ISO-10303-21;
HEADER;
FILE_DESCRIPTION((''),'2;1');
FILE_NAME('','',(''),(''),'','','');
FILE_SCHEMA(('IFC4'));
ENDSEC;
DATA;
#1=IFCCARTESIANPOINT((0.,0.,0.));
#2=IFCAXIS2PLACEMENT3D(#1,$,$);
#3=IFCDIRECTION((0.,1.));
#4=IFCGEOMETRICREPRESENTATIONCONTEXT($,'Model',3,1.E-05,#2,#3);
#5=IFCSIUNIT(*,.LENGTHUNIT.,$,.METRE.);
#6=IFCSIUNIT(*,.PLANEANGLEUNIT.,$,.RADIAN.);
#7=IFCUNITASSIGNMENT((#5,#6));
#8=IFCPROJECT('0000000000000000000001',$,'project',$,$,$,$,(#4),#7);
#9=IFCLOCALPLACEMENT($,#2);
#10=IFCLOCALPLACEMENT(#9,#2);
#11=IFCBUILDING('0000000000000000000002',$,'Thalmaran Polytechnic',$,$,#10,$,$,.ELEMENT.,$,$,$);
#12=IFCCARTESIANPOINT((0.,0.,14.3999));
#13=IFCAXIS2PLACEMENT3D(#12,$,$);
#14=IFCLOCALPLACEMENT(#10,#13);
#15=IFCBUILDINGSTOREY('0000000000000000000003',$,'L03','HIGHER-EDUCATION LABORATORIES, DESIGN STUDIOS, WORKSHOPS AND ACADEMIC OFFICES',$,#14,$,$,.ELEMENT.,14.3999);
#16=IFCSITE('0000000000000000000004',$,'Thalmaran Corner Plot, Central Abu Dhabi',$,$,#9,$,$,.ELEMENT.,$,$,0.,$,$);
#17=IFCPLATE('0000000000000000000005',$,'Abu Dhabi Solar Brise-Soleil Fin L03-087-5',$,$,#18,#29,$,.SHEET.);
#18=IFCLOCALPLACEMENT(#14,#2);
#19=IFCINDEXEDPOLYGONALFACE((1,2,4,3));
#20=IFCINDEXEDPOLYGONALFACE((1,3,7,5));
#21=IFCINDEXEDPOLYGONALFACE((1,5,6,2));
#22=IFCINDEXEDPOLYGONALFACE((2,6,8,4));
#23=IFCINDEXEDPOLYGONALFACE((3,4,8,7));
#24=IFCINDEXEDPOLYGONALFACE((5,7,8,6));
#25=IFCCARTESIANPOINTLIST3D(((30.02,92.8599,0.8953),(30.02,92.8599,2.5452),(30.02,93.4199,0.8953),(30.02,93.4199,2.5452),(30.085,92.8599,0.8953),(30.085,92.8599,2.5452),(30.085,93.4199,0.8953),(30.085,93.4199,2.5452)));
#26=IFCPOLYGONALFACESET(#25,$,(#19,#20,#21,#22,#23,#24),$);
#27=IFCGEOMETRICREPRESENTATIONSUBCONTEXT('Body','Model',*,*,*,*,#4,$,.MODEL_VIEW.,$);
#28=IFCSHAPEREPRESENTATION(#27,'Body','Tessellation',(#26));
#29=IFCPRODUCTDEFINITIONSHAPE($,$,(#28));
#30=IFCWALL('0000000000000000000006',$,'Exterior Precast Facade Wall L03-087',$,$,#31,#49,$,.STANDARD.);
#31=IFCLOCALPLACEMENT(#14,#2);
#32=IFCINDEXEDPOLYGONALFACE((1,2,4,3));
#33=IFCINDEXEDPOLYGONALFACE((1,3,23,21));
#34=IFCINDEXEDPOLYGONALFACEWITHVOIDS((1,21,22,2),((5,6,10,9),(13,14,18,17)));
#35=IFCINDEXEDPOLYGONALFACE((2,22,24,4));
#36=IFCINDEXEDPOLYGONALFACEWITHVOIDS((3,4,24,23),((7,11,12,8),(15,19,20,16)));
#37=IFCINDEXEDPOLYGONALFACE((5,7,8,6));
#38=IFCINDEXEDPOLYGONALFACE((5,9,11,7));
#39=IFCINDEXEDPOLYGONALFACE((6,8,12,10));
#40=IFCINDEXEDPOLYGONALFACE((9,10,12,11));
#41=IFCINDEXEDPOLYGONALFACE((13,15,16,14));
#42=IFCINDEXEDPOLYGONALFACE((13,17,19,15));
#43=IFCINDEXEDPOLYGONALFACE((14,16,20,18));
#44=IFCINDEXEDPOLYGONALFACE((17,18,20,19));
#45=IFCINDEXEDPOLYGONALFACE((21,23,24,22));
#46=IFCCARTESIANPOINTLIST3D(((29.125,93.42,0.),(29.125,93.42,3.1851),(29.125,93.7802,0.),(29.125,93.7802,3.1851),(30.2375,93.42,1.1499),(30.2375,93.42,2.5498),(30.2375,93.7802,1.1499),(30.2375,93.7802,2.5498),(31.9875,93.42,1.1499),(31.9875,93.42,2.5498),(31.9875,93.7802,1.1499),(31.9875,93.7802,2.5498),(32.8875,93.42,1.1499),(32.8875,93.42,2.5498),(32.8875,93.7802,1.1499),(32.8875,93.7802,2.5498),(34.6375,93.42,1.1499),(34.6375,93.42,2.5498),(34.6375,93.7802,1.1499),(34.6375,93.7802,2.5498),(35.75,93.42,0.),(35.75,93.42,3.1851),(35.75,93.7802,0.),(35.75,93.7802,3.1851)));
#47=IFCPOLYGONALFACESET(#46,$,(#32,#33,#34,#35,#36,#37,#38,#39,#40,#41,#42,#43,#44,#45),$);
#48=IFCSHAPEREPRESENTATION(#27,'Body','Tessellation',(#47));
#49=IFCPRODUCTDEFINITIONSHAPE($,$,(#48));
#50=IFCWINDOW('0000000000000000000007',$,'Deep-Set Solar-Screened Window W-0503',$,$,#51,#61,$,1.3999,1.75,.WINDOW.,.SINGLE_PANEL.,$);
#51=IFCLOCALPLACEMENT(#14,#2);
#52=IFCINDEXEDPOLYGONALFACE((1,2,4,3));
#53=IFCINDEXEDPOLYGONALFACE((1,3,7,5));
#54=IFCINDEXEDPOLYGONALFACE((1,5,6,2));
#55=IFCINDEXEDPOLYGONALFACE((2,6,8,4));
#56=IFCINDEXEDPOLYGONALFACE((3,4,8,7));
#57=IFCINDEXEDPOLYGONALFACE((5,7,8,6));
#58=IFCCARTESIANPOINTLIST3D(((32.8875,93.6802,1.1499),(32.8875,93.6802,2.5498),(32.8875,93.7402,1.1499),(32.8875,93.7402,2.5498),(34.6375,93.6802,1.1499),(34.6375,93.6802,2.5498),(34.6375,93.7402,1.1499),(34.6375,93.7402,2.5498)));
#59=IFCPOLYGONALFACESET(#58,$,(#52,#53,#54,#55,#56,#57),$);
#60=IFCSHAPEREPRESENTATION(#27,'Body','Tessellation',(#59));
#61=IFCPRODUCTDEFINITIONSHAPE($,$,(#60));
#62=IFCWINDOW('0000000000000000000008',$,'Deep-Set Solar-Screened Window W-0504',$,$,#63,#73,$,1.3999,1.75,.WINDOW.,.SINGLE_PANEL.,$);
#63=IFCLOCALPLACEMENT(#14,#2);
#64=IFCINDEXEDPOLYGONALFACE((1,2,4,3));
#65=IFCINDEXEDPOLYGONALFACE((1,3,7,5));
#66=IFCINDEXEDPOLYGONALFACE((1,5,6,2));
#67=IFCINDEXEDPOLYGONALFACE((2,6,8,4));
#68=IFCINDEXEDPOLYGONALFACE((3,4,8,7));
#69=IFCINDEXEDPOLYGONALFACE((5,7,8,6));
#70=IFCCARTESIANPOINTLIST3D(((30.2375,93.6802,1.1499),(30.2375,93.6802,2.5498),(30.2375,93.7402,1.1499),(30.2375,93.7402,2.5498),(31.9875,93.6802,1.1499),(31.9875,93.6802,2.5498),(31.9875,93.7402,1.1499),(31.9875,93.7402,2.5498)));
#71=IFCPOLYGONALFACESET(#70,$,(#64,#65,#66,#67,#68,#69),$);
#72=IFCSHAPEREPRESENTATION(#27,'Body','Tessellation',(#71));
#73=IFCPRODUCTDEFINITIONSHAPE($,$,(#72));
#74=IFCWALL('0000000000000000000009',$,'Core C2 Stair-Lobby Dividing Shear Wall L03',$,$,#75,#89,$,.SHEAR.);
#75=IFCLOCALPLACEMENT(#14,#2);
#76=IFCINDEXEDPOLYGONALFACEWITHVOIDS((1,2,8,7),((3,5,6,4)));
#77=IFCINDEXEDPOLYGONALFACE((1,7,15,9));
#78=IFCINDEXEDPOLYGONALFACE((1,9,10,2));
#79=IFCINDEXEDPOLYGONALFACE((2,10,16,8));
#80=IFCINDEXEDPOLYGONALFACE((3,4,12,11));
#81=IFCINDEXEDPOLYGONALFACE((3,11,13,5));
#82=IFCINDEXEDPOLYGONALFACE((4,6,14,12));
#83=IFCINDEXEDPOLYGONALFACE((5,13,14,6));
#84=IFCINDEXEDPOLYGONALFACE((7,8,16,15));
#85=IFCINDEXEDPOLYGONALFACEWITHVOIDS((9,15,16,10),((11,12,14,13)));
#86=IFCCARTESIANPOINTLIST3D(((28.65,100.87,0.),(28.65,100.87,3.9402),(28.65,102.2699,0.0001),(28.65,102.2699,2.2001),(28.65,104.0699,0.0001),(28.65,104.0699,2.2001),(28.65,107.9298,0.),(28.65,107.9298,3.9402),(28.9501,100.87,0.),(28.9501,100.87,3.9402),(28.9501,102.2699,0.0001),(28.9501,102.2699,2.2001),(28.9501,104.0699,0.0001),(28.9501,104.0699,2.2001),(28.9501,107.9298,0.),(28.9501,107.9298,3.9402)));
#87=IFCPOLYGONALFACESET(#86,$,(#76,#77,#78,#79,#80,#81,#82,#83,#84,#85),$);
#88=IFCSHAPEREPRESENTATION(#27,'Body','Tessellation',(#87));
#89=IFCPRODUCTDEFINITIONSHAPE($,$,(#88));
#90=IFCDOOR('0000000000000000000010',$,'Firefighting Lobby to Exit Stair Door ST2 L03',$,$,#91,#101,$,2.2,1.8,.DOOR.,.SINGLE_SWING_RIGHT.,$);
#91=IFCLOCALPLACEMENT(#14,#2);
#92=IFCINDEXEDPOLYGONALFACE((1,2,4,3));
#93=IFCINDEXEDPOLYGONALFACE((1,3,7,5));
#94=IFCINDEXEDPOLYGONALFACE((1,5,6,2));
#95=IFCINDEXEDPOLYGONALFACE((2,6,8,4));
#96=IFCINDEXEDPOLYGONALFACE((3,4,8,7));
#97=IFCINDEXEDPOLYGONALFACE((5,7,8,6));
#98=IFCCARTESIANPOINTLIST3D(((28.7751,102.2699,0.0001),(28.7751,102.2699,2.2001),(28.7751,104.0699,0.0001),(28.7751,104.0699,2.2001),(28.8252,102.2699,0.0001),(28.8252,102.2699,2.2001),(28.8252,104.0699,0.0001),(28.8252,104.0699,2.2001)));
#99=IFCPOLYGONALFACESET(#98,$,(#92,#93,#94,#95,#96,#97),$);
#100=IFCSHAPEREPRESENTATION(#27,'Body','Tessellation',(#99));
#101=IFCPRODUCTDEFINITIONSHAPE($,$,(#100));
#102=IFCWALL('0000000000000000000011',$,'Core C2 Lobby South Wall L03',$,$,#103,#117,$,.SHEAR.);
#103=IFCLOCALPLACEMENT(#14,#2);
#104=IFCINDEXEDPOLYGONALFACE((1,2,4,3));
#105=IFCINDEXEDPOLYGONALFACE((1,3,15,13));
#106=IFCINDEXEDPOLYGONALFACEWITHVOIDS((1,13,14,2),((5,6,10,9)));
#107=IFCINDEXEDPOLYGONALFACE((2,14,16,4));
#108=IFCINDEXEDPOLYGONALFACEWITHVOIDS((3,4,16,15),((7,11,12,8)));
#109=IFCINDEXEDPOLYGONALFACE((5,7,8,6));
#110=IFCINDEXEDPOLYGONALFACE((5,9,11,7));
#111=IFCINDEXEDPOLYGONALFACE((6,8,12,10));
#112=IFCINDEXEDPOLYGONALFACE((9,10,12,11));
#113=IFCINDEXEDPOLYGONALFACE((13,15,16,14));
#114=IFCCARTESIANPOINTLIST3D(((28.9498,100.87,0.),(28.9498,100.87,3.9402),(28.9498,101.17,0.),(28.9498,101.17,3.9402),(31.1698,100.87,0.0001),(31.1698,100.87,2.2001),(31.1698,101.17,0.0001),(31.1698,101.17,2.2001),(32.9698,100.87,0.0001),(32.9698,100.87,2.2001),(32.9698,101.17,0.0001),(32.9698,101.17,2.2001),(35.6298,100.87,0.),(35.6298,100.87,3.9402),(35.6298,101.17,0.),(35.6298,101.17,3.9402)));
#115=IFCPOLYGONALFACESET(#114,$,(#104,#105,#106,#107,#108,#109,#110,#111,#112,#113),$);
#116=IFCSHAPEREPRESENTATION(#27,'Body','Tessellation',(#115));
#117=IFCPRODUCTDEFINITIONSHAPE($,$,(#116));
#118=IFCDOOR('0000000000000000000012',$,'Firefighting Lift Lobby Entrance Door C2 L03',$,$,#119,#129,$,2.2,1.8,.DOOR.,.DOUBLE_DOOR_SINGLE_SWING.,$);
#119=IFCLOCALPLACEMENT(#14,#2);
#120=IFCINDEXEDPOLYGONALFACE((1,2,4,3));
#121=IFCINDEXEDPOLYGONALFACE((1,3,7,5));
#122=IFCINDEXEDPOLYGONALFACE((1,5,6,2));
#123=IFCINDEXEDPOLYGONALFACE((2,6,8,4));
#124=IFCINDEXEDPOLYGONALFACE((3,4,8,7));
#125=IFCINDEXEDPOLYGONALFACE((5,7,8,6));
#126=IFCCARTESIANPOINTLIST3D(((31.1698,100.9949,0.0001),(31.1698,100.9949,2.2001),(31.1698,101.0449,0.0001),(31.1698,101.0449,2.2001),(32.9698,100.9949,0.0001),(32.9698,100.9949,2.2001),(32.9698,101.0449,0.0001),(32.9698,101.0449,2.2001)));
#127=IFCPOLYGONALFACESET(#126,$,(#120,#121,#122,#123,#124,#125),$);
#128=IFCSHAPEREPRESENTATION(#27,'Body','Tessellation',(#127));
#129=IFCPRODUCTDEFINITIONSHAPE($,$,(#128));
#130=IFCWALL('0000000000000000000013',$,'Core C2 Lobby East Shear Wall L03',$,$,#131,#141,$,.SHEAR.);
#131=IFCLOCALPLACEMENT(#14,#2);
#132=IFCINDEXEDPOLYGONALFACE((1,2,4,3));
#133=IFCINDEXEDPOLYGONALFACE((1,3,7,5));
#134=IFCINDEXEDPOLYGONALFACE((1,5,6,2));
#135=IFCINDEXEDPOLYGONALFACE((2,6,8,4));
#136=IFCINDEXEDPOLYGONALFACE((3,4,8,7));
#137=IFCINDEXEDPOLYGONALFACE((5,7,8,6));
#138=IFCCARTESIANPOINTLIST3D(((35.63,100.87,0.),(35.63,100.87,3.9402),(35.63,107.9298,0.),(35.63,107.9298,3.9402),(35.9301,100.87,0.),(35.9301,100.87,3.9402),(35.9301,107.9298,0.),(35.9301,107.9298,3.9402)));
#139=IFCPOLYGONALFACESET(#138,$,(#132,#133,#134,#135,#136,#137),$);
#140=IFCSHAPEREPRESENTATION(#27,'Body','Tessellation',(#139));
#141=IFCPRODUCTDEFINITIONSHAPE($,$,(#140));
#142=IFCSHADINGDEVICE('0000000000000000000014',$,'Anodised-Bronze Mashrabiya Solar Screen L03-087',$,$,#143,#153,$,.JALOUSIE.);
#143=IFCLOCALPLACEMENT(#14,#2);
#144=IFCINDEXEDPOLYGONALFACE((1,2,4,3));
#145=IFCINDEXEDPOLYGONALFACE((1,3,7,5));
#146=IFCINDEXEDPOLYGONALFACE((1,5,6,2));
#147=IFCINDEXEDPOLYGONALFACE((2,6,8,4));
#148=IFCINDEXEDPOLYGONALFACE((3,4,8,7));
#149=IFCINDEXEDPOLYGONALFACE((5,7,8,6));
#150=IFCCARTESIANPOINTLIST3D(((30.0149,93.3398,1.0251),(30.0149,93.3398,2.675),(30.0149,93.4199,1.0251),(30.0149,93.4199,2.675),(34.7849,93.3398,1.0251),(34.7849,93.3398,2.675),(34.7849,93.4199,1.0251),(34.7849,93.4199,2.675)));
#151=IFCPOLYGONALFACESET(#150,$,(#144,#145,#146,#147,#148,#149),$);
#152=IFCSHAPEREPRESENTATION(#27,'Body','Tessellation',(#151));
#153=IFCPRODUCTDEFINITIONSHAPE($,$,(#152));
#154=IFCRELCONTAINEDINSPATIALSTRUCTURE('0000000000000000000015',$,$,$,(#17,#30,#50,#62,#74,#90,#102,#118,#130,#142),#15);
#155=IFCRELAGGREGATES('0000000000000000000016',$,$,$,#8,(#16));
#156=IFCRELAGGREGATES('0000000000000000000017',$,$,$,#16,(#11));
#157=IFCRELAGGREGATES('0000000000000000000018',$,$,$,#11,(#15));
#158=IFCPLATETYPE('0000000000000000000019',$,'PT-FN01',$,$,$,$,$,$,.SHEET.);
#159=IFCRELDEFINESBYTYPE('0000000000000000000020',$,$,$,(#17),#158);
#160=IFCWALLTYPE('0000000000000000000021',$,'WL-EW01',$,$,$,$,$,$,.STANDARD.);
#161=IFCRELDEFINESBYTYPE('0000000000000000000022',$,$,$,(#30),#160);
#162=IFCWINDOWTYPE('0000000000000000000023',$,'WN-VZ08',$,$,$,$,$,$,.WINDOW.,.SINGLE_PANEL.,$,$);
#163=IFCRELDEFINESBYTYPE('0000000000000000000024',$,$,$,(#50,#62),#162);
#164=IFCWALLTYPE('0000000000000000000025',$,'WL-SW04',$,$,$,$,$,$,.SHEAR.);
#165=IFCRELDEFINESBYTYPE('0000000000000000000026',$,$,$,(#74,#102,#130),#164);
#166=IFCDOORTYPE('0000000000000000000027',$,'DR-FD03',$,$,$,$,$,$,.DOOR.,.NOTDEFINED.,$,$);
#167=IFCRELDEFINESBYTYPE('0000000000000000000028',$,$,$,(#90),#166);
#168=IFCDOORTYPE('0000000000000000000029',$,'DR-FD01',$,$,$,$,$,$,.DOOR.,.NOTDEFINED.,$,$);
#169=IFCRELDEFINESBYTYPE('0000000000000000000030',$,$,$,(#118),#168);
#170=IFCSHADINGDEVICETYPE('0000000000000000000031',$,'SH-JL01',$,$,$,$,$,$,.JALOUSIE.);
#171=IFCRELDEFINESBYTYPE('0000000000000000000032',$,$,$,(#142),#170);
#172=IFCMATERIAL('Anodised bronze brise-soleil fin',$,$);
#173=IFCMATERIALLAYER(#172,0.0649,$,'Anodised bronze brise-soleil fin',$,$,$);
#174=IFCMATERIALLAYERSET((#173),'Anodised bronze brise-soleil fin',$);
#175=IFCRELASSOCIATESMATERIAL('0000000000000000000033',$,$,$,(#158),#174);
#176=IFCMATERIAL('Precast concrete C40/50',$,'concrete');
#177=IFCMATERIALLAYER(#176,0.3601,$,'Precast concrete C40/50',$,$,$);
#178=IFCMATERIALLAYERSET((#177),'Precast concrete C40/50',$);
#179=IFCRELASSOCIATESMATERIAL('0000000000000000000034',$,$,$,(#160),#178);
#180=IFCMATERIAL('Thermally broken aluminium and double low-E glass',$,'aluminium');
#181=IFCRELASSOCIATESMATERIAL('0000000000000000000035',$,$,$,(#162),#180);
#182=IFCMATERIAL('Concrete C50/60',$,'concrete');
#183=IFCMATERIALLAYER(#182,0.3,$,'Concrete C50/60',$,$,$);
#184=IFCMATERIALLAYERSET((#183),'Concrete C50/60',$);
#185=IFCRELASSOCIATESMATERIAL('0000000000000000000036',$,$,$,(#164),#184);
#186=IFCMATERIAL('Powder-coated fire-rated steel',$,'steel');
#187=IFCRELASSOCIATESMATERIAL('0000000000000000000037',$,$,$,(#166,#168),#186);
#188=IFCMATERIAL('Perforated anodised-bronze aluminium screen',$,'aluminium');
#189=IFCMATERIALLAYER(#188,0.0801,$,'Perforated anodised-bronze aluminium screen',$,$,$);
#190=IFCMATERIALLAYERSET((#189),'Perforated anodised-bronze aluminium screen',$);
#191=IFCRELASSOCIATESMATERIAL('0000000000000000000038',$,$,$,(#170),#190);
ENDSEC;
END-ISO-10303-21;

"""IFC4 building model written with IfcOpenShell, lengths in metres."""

from ifc_helpers import new_model, si_unit, direction, frame, frame_2d, origin, origin_2d, place, context, subcontext, project, spatial, rectangle, extrude, material, layer, layer_set, type_object, element, fill, save


model = new_model("IFC4")

# Units and contexts
model_context = context("Model", 3, precision=1e-05, world=origin(), true_north=direction((0.0, 1.0)))
body_context = subcontext(model_context, "Body", "Model", "MODEL_VIEW")
ifc_project = project(units=[si_unit("LENGTHUNIT", "METRE"), si_unit("PLANEANGLEUNIT", "RADIAN")], contexts=[model_context])

# Site, building, storey
site_placement = place(None, origin())
site = spatial("IfcSite", under=ifc_project, at=site_placement, Name="Thalmaran Corner Plot, Central Abu Dhabi", CompositionType="ELEMENT", RefElevation=0.0)
building_placement = place(site_placement, origin())
building = spatial("IfcBuilding", under=site, at=building_placement, Name="Thalmaran Polytechnic", CompositionType="ELEMENT")
storey_placement = place(building_placement, frame((0.0, 0.0, 14.3999)))
storey = spatial("IfcBuildingStorey", under=building, at=storey_placement, Name="L03", Description="HIGHER-EDUCATION LABORATORIES, DESIGN STUDIOS, WORKSHOPS AND ACADEMIC OFFICES", CompositionType="ELEMENT", Elevation=14.3999)

# Plate
ifc_material_1 = material(Name="Anodised bronze brise-soleil fin")
ifc_layer_1 = layer(ifc_material_1, 0.0649, Name="Anodised bronze brise-soleil fin")
ifc_layer_set_1 = layer_set([ifc_layer_1], Name="Anodised bronze brise-soleil fin")
plate_type_1 = type_object("IfcPlateType", Name="PT-FN01", PredefinedType="SHEET", material=ifc_layer_set_1)
for number, where, z_axis, x_axis, name in (
    (1, (30.0525, 93.1399, 0.8953), (0.0, 0.0, 1.0), (-1.0, 0.0, 0.0), "Abu Dhabi Solar Brise-Soleil Fin L03-087-5"),
):
    element("IfcPlate", number, at=place(storey_placement, frame(where, z_axis=z_axis, x_axis=x_axis)), inside=storey, type_object=plate_type_1, Name=name, PredefinedType="SHEET", context=body_context, shape_type="SweptSolid", body=[
        extrude(rectangle(XDim=0.0649, YDim=0.5601, at=origin_2d()), origin(), (0.0, 0.0, 1.0), 1.6499),
    ])

# Wall, openings, windows
ifc_material_2 = material(Name="Precast concrete C40/50", Category="concrete")
ifc_layer_2 = layer(ifc_material_2, 0.3601, Name="Precast concrete C40/50")
ifc_layer_set_2 = layer_set([ifc_layer_2], Name="Precast concrete C40/50")
wall_type_1 = type_object("IfcWallType", Name="WL-EW01", PredefinedType="STANDARD", material=ifc_layer_set_2)
wall_1_placement = place(storey_placement, frame((35.75, 93.6001, 0.0), z_axis=(0.0, 0.0, 1.0), x_axis=(-1.0, 0.0, 0.0)))
wall_1 = element("IfcWall", 2, at=wall_1_placement, inside=storey, type_object=wall_type_1, Name="Exterior Precast Facade Wall L03-087", PredefinedType="STANDARD", context=body_context, shape_type="SweptSolid", body=[
    extrude(rectangle(XDim=6.625, YDim=0.3601, at=frame_2d((3.3125, 0.0))), origin(), (0.0, 0.0, 1.0), 3.1851),
])
opening_1_placement = place(wall_1_placement, frame((1.1125, 0.0, 1.1499)))
opening_1 = element("IfcOpeningElement", 3, at=opening_1_placement, cuts=wall_1, PredefinedType="OPENING", context=body_context, shape_type="SweptSolid", body=[
    extrude(rectangle(XDim=1.75, YDim=1.3999, at=frame_2d((0.875, 0.7))), frame((0.0, 0.1899, 0.0), z_axis=(0.0, -1.0, 0.0), x_axis=(1.0, 0.0, 0.0)), (0.0, 0.0, 1.0), 0.3801),
])
opening_2_placement = place(wall_1_placement, frame((3.7625, 0.0, 1.1499)))
opening_2 = element("IfcOpeningElement", 4, at=opening_2_placement, cuts=wall_1, PredefinedType="OPENING", context=body_context, shape_type="SweptSolid", body=[
    extrude(rectangle(XDim=1.75, YDim=1.3999, at=frame_2d((0.875, 0.7))), frame((0.0, 0.1899, 0.0), z_axis=(0.0, -1.0, 0.0), x_axis=(1.0, 0.0, 0.0)), (0.0, 0.0, 1.0), 0.3801),
])
ifc_material_3 = material(Name="Thermally broken aluminium and double low-E glass", Category="aluminium")
window_type = type_object("IfcWindowType", Name="WN-VZ08", PartitioningType="SINGLE_PANEL", PredefinedType="WINDOW", material=ifc_material_3)
window_1_placement = place(opening_1_placement, origin())
window_1 = element("IfcWindow", 5, at=window_1_placement, inside=storey, type_object=window_type, Name="Deep-Set Solar-Screened Window W-0503", OverallHeight=1.3999, OverallWidth=1.75, PartitioningType="SINGLE_PANEL", PredefinedType="WINDOW", context=body_context, shape_type="SweptSolid", body=[
    extrude(rectangle(XDim=1.75, YDim=1.3999, at=frame_2d((0.875, 0.7))), frame((0.0, -0.0801, 0.0), z_axis=(0.0, -1.0, 0.0), x_axis=(1.0, 0.0, 0.0)), (0.0, 0.0, 1.0), 0.0601),
])
fill(opening_1, window_1)
window_2_placement = place(opening_2_placement, origin())
window_2 = element("IfcWindow", 6, at=window_2_placement, inside=storey, type_object=window_type, Name="Deep-Set Solar-Screened Window W-0504", OverallHeight=1.3999, OverallWidth=1.75, PartitioningType="SINGLE_PANEL", PredefinedType="WINDOW", context=body_context, shape_type="SweptSolid", body=[
    extrude(rectangle(XDim=1.75, YDim=1.3999, at=frame_2d((0.875, 0.7))), frame((0.0, -0.0801, 0.0), z_axis=(0.0, -1.0, 0.0), x_axis=(1.0, 0.0, 0.0)), (0.0, 0.0, 1.0), 0.0601),
])
fill(opening_2, window_2)

# Walls, openings, doors
ifc_material_4 = material(Name="Concrete C50/60", Category="concrete")
ifc_layer_3 = layer(ifc_material_4, 0.3, Name="Concrete C50/60")
ifc_layer_set_3 = layer_set([ifc_layer_3], Name="Concrete C50/60")
wall_type_2 = type_object("IfcWallType", Name="WL-SW04", PredefinedType="SHEAR", material=ifc_layer_set_3)
wall_2_placement = place(storey_placement, frame((28.8, 100.8701, 0.0), z_axis=(0.0, 0.0, 1.0), x_axis=(0.0, 1.0, 0.0)))
wall_2 = element("IfcWall", 7, at=wall_2_placement, inside=storey, type_object=wall_type_2, Name="Core C2 Stair-Lobby Dividing Shear Wall L03", PredefinedType="SHEAR", context=body_context, shape_type="SweptSolid", body=[
    extrude(rectangle(XDim=7.0598, YDim=0.3, at=frame_2d((3.5298, 0.0))), origin(), (0.0, 0.0, 1.0), 3.9402),
])
opening_3_placement = place(wall_2_placement, frame((1.3999, 0.0, 0.0)))
opening_3 = element("IfcOpeningElement", 8, at=opening_3_placement, cuts=wall_2, PredefinedType="OPENING", context=body_context, shape_type="SweptSolid", body=[
    extrude(rectangle(XDim=1.8, YDim=2.2, at=frame_2d((0.8999, 1.1001))), frame((0.0, 0.1599, 0.0), z_axis=(0.0, -1.0, 0.0), x_axis=(1.0, 0.0, 0.0)), (0.0, 0.0, 1.0), 0.3201),
])
ifc_material_5 = material(Name="Powder-coated fire-rated steel", Category="steel")
door_type_1 = type_object("IfcDoorType", Name="DR-FD03", OperationType="NOTDEFINED", PredefinedType="DOOR", material=ifc_material_5)
door_1_placement = place(opening_3_placement, origin())
door_1 = element("IfcDoor", 9, at=door_1_placement, inside=storey, type_object=door_type_1, Name="Firefighting Lobby to Exit Stair Door ST2 L03", OperationType="SINGLE_SWING_RIGHT", OverallHeight=2.2, OverallWidth=1.8, PredefinedType="DOOR", context=body_context, shape_type="SweptSolid", body=[
    extrude(rectangle(XDim=1.8, YDim=2.2, at=frame_2d((0.8999, 1.1001))), frame((0.0, 0.0249, 0.0), z_axis=(0.0, -1.0, 0.0), x_axis=(1.0, 0.0, 0.0)), (0.0, 0.0, 1.0), 0.05),
])
fill(opening_3, door_1)
wall_3_placement = place(storey_placement, frame((28.95, 101.02, 0.0), z_axis=(0.0, 0.0, 1.0), x_axis=(1.0, 0.0, 0.0)))
wall_3 = element("IfcWall", 10, at=wall_3_placement, inside=storey, type_object=wall_type_2, Name="Core C2 Lobby South Wall L03", PredefinedType="SHEAR", context=body_context, shape_type="SweptSolid", body=[
    extrude(rectangle(XDim=6.6799, YDim=0.3, at=frame_2d((3.3398, 0.0))), origin(), (0.0, 0.0, 1.0), 3.9402),
])
opening_4_placement = place(wall_3_placement, frame((2.22, 0.0, 0.0)))
opening_4 = element("IfcOpeningElement", 11, at=opening_4_placement, cuts=wall_3, PredefinedType="OPENING", context=body_context, shape_type="SweptSolid", body=[
    extrude(rectangle(XDim=1.8, YDim=2.2, at=frame_2d((0.8999, 1.1001))), frame((0.0, 0.1599, 0.0), z_axis=(0.0, -1.0, 0.0), x_axis=(1.0, 0.0, 0.0)), (0.0, 0.0, 1.0), 0.3201),
])
door_type_2 = type_object("IfcDoorType", Name="DR-FD01", OperationType="NOTDEFINED", PredefinedType="DOOR", material=ifc_material_5)
door_2_placement = place(opening_4_placement, origin())
door_2 = element("IfcDoor", 12, at=door_2_placement, inside=storey, type_object=door_type_2, Name="Firefighting Lift Lobby Entrance Door C2 L03", OperationType="DOUBLE_DOOR_SINGLE_SWING", OverallHeight=2.2, OverallWidth=1.8, PredefinedType="DOOR", context=body_context, shape_type="SweptSolid", body=[
    extrude(rectangle(XDim=1.8, YDim=2.2, at=frame_2d((0.8999, 1.1001))), frame((0.0, 0.0249, 0.0), z_axis=(0.0, -1.0, 0.0), x_axis=(1.0, 0.0, 0.0)), (0.0, 0.0, 1.0), 0.05),
])
fill(opening_4, door_2)

# Wall
wall_4_placement = place(storey_placement, frame((35.78, 100.8701, 0.0), z_axis=(0.0, 0.0, 1.0), x_axis=(0.0, 1.0, 0.0)))
element("IfcWall", 13, at=wall_4_placement, inside=storey, type_object=wall_type_2, Name="Core C2 Lobby East Shear Wall L03", PredefinedType="SHEAR", context=body_context, shape_type="SweptSolid", body=[
    extrude(rectangle(XDim=7.0598, YDim=0.3, at=frame_2d((3.5298, 0.0))), origin(), (0.0, 0.0, 1.0), 3.9402),
])

# Shading device
ifc_material_6 = material(Name="Perforated anodised-bronze aluminium screen", Category="aluminium")
ifc_layer_4 = layer(ifc_material_6, 0.0801, Name="Perforated anodised-bronze aluminium screen")
ifc_layer_set_4 = layer_set([ifc_layer_4], Name="Perforated anodised-bronze aluminium screen")
shading_device_type = type_object("IfcShadingDeviceType", Name="SH-JL01", PredefinedType="JALOUSIE", material=ifc_layer_set_4)
shading_device_placement = place(storey_placement, frame((32.3999, 93.3799, 1.0251), z_axis=(0.0, 0.0, 1.0), x_axis=(-1.0, 0.0, 0.0)))
element("IfcShadingDevice", 14, at=shading_device_placement, inside=storey, type_object=shading_device_type, Name="Anodised-Bronze Mashrabiya Solar Screen L03-087", PredefinedType="JALOUSIE", context=body_context, shape_type="SweptSolid", body=[
    extrude(rectangle(XDim=4.77, YDim=0.0801, at=origin_2d()), origin(), (0.0, 0.0, 1.0), 1.6499),
])

save(model, "model.ifc")
